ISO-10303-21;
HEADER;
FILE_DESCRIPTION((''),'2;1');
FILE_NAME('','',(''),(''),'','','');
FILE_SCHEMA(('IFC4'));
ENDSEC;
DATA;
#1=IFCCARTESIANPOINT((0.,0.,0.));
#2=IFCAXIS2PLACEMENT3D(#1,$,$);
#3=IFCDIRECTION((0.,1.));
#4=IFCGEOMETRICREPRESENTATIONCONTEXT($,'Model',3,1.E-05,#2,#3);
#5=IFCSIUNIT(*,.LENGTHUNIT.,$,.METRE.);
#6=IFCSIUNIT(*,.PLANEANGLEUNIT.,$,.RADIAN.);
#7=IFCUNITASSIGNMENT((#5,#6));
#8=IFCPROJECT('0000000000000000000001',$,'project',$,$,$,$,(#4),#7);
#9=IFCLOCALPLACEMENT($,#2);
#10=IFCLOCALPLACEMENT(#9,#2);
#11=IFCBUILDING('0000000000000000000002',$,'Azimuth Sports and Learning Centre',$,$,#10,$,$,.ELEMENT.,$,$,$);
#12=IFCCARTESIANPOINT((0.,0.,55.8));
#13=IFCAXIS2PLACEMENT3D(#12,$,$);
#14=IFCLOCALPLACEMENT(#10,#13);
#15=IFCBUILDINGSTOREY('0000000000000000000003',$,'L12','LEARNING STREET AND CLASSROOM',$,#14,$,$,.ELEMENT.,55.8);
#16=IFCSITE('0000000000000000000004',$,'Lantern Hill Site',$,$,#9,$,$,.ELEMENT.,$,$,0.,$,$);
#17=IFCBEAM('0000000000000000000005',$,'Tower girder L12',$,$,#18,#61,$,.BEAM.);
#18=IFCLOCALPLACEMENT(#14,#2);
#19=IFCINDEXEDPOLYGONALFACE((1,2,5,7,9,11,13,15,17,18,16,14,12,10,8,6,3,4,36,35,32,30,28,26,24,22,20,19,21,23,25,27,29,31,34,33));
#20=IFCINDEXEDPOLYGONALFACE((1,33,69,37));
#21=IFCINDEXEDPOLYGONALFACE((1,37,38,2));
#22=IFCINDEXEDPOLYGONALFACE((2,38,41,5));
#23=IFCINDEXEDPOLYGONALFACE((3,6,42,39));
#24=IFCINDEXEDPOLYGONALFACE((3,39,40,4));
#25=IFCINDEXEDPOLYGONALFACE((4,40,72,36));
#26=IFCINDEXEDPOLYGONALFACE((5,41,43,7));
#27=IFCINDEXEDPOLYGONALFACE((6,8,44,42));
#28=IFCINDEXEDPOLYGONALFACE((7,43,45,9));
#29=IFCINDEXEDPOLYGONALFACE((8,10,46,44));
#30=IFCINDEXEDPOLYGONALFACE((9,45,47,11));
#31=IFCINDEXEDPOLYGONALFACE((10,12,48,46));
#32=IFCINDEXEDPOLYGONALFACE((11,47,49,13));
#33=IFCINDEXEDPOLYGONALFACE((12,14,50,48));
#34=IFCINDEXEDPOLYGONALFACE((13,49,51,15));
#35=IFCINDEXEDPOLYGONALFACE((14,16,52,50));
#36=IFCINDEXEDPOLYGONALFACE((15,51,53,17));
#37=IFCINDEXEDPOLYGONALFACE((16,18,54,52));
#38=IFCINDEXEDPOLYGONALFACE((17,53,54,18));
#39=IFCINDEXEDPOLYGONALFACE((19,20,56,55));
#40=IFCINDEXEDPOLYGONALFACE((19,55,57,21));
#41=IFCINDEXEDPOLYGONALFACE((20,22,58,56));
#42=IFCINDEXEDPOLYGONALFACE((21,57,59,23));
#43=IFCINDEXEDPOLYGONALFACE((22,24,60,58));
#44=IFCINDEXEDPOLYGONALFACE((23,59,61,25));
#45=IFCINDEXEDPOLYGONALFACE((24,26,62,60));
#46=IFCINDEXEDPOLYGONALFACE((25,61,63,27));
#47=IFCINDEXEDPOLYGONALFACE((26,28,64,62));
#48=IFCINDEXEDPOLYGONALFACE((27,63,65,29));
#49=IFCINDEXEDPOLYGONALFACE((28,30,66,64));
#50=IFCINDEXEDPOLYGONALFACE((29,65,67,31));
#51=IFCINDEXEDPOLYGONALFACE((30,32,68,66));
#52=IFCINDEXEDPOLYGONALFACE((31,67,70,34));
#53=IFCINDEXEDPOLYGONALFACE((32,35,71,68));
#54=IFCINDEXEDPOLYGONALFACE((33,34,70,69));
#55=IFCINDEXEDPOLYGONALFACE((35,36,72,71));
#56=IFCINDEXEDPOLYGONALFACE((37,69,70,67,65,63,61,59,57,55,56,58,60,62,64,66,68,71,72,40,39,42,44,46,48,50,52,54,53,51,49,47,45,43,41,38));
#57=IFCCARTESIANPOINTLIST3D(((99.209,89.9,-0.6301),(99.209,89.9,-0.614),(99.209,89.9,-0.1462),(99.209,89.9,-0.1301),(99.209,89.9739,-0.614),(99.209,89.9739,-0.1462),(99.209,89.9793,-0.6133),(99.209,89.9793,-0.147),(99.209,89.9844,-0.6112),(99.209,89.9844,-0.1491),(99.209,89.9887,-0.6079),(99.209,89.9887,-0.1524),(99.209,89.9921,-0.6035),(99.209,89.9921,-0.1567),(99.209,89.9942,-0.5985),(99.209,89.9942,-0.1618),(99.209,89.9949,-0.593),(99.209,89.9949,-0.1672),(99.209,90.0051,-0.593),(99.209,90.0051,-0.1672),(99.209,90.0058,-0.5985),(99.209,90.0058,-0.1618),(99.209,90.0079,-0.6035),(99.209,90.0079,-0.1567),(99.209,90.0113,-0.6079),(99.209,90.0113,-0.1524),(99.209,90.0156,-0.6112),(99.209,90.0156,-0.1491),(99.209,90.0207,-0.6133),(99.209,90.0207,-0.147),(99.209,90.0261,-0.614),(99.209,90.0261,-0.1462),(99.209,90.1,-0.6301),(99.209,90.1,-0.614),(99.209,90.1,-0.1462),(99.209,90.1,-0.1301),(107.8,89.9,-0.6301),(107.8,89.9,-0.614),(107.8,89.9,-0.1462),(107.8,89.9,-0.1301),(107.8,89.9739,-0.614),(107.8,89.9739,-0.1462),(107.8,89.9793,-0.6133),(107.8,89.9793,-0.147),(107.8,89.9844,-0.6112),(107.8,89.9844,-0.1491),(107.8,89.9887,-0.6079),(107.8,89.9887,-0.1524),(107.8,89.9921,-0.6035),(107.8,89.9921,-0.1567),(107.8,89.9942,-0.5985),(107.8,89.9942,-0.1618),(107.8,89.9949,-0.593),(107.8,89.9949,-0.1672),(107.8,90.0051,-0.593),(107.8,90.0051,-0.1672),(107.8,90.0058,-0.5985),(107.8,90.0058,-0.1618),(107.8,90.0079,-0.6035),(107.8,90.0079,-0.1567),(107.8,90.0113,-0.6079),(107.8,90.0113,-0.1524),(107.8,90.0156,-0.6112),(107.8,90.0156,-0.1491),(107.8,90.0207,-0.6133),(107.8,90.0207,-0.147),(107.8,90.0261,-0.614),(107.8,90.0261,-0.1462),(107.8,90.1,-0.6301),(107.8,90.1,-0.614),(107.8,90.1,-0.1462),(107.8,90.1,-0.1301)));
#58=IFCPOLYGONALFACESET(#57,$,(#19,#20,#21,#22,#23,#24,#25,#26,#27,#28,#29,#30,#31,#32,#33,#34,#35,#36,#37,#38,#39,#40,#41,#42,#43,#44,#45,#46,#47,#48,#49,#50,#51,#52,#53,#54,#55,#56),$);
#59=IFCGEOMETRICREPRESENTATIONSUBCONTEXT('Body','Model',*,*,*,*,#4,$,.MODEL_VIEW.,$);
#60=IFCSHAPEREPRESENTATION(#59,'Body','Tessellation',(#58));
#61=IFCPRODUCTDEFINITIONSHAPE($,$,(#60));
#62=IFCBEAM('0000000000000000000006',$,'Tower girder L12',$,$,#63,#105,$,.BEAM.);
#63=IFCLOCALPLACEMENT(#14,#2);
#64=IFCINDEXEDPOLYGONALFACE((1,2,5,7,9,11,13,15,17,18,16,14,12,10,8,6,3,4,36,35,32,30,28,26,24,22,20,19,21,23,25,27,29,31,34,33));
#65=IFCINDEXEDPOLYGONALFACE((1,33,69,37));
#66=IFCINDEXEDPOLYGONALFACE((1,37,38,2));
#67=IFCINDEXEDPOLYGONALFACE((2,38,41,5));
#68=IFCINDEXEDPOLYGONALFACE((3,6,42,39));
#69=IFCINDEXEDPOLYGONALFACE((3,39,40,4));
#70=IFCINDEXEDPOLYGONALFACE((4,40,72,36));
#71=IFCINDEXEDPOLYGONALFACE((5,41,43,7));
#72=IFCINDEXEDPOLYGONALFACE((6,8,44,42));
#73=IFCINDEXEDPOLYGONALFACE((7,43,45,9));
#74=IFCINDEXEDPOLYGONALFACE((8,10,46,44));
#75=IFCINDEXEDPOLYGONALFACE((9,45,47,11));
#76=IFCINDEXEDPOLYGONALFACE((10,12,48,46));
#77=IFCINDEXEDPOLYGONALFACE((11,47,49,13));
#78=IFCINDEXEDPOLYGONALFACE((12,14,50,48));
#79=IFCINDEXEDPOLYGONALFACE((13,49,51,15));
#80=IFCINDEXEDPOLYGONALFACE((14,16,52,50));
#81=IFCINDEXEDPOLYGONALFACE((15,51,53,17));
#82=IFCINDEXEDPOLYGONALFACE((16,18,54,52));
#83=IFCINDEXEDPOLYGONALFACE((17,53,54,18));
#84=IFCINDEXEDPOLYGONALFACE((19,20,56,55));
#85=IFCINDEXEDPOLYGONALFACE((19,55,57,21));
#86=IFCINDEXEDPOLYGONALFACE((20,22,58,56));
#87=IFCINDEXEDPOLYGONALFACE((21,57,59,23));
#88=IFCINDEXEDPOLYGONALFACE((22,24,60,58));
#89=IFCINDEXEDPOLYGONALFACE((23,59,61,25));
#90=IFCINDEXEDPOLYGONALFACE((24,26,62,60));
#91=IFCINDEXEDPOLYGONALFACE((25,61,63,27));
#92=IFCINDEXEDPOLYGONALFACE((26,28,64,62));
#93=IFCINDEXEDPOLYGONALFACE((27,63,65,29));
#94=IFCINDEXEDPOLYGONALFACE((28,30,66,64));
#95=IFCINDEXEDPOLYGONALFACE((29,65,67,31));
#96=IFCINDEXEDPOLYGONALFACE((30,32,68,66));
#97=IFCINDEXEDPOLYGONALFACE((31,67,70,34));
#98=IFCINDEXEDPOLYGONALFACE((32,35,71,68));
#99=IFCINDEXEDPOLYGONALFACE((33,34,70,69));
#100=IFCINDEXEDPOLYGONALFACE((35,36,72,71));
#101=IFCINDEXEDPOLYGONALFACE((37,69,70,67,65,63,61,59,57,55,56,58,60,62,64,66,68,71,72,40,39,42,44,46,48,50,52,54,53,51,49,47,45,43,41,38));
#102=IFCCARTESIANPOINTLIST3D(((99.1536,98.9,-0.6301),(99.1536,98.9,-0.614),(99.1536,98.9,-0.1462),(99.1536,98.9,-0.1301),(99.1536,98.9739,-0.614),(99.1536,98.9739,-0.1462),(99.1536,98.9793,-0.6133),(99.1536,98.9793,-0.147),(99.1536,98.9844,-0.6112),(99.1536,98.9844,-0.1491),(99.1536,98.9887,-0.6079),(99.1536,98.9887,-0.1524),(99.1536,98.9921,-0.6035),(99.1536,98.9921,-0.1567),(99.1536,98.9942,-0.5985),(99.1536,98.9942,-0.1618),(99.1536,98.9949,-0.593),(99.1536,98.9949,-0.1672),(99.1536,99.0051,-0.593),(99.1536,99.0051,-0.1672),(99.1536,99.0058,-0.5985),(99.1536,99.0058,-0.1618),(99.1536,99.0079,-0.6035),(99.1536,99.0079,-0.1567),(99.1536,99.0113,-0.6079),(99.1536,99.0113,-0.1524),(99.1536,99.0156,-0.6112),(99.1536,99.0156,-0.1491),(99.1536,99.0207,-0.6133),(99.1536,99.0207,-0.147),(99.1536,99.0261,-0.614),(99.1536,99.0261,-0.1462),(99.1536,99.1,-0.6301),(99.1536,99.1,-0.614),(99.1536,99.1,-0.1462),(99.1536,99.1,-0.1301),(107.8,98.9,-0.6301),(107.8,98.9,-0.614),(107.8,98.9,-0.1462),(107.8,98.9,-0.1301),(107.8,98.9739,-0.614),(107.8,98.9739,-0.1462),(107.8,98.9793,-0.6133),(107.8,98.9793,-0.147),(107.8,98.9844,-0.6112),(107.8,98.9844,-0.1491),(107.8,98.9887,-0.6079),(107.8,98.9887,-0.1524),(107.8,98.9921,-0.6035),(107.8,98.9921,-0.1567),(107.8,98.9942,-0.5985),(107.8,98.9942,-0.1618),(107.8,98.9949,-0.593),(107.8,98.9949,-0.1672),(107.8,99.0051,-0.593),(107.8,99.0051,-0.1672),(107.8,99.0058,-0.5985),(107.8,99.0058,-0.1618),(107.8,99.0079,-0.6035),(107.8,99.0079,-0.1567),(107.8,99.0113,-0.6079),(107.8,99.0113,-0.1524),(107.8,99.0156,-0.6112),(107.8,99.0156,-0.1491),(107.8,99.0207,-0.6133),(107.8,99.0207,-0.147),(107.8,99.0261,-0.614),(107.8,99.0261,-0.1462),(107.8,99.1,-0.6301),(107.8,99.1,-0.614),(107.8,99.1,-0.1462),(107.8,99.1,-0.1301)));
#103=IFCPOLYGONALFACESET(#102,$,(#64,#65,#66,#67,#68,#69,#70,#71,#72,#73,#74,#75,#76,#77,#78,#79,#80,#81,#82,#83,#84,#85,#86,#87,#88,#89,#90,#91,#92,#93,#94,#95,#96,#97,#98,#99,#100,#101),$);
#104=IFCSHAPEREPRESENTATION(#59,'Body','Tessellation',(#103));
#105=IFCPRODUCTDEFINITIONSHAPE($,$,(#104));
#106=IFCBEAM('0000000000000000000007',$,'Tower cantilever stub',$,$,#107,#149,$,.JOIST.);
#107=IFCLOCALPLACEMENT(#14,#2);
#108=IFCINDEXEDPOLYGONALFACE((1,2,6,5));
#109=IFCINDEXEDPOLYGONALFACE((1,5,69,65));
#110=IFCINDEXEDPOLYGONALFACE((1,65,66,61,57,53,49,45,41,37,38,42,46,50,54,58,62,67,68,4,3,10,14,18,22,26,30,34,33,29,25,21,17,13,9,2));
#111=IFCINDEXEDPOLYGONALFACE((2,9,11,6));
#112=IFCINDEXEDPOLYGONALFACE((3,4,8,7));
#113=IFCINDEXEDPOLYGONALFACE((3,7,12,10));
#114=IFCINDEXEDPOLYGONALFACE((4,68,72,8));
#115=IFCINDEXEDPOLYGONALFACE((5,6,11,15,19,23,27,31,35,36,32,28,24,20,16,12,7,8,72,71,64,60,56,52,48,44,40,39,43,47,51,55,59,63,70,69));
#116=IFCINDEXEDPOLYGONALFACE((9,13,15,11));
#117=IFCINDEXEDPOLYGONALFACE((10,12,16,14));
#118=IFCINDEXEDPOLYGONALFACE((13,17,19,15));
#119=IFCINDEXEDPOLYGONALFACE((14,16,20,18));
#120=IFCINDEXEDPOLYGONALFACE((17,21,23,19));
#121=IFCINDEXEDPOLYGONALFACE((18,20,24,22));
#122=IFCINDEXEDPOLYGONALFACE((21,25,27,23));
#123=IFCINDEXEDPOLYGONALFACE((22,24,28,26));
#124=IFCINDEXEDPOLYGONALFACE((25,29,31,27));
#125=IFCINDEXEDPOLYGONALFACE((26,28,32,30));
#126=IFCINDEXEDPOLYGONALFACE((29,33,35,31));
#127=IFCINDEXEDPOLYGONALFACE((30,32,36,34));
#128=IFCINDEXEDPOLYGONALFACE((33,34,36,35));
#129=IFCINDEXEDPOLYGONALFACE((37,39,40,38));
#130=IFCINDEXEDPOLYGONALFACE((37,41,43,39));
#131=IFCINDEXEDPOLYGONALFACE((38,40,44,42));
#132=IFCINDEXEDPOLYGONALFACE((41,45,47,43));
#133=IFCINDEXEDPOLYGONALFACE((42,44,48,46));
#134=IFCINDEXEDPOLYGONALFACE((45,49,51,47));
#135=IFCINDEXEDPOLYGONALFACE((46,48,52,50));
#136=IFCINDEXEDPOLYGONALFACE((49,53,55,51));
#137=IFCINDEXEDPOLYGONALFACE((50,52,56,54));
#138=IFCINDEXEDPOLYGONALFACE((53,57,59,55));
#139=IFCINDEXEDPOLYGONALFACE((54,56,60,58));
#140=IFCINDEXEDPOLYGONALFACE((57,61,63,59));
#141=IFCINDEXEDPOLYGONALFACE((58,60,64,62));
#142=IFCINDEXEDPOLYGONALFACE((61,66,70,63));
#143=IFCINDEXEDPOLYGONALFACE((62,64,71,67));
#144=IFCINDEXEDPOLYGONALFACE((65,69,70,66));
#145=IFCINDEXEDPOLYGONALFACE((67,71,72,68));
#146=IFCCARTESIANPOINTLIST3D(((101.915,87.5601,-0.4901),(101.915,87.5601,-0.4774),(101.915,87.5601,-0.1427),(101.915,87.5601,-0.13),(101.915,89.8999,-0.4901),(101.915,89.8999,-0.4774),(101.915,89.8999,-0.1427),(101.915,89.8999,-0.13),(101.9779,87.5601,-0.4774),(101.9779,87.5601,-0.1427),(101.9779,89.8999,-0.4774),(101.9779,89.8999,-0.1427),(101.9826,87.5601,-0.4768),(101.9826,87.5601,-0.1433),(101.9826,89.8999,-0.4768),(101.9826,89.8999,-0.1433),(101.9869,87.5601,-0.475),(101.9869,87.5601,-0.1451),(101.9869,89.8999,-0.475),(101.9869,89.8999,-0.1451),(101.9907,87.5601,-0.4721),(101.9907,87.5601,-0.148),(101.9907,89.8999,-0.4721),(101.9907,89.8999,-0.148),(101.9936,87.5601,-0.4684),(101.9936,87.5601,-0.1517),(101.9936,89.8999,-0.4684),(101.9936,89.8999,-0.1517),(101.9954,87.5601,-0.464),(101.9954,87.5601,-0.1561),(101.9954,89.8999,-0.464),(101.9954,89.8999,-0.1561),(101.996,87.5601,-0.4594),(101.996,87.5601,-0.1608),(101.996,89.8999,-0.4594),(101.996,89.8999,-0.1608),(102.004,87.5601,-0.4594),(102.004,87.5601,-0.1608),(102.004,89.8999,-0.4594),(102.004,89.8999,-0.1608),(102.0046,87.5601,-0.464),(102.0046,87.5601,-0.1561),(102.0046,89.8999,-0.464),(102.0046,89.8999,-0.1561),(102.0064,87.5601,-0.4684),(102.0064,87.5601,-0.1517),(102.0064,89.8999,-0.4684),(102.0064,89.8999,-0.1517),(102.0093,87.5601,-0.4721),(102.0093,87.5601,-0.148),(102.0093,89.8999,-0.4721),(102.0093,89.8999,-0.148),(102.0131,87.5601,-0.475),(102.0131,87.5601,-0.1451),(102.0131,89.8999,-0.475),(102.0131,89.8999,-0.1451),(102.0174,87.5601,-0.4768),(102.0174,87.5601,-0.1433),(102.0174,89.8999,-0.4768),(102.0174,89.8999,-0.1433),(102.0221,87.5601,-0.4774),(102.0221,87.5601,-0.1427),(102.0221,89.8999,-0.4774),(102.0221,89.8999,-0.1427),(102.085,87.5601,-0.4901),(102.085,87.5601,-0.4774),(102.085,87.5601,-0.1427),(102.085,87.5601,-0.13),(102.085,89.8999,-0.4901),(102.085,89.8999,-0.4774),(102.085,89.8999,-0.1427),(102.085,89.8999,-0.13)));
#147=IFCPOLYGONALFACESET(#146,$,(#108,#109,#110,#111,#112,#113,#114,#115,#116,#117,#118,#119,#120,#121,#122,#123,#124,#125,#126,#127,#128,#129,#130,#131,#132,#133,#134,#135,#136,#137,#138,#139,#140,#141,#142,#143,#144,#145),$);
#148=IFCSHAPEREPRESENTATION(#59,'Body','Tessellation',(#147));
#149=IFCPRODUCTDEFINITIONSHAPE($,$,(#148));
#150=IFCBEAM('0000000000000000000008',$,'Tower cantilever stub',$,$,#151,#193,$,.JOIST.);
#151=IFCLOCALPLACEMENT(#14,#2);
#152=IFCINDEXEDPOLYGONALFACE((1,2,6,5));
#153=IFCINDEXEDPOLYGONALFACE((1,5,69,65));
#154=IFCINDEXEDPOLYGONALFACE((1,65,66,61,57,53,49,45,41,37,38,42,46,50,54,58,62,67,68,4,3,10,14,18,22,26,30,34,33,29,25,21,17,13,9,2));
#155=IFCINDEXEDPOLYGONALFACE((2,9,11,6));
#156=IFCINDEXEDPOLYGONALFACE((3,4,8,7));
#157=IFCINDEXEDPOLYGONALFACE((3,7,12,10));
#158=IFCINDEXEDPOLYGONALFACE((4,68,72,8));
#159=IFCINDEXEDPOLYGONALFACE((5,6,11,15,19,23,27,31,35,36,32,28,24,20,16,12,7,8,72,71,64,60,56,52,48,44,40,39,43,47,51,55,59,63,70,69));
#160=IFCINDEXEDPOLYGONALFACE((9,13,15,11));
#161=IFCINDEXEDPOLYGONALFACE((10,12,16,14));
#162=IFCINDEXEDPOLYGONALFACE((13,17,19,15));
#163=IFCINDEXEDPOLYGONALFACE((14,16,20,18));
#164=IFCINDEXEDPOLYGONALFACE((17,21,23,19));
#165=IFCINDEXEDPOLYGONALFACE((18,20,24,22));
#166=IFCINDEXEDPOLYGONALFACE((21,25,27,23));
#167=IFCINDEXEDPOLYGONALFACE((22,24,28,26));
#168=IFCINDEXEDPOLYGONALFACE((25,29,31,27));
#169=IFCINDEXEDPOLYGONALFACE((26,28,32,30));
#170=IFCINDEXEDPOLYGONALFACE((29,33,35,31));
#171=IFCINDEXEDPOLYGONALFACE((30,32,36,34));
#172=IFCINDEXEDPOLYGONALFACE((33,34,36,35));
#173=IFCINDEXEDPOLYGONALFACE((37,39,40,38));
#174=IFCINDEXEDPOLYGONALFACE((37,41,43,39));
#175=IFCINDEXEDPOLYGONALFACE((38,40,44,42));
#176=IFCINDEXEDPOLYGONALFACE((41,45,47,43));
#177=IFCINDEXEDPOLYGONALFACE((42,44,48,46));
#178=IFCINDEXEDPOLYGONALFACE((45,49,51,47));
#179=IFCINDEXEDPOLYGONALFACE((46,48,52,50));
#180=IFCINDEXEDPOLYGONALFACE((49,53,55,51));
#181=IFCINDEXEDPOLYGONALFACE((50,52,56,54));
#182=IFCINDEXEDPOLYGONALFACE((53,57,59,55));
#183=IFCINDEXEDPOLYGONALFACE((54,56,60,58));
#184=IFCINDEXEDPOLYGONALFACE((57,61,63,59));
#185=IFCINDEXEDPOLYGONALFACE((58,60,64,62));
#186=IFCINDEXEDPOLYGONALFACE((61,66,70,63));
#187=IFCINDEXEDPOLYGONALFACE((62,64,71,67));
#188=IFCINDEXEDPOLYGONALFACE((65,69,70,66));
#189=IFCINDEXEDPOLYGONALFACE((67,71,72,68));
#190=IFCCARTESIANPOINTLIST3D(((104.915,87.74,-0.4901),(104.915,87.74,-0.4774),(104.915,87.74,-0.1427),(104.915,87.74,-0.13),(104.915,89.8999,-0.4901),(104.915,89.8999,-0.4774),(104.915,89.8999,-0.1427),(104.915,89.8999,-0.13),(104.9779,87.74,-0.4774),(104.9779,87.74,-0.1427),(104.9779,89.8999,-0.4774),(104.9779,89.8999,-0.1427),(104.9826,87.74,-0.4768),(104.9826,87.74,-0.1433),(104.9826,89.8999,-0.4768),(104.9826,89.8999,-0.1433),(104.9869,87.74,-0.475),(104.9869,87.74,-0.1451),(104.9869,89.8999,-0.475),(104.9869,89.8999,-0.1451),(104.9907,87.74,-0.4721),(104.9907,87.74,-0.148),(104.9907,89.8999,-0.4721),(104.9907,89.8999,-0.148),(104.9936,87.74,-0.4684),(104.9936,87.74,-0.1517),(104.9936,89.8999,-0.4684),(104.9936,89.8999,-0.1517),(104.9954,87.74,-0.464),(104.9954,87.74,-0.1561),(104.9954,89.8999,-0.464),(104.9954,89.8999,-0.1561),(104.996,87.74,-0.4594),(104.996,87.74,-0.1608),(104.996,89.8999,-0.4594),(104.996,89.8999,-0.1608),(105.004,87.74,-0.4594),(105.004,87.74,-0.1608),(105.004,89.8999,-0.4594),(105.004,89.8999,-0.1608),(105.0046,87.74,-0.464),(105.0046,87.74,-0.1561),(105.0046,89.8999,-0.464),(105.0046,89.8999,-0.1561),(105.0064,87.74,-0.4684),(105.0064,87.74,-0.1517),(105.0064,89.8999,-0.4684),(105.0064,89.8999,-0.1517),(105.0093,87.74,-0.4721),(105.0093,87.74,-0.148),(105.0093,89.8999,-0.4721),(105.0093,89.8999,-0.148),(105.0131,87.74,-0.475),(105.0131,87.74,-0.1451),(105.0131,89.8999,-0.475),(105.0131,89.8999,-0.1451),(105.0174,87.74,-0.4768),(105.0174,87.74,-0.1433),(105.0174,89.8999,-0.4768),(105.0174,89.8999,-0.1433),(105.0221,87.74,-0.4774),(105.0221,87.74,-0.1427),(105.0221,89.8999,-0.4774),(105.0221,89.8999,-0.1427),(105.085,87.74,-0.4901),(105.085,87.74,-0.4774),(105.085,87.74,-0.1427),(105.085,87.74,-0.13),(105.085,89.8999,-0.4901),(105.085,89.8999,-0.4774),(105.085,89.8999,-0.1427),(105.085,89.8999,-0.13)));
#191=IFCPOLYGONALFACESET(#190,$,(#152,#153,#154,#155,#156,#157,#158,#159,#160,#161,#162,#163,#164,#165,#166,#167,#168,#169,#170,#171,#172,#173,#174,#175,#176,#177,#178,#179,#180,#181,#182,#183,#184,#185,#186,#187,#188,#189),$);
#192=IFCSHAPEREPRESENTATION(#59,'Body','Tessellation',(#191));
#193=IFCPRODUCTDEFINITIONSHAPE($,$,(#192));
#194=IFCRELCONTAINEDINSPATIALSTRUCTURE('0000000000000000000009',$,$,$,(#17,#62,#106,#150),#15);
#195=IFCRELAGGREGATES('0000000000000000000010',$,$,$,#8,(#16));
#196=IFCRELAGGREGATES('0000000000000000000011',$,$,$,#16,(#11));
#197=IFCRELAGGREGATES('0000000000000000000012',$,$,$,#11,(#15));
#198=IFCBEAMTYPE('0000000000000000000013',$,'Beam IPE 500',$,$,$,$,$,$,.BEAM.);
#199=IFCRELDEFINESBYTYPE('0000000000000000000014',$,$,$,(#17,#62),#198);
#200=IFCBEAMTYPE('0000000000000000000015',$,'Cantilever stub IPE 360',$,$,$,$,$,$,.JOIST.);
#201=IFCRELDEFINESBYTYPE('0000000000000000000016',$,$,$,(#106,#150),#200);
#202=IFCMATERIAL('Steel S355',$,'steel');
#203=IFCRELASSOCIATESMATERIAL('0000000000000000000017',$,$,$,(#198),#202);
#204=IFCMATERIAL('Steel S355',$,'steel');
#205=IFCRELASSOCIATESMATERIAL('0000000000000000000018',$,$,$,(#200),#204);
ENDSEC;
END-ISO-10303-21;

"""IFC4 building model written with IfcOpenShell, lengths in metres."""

from ifc_helpers import new_model, si_unit, direction, frame, origin, origin_2d, place, context, subcontext, project, spatial, i_section, extrude, material, material_profile, profile_set, type_object, element, save


model = new_model("IFC4")

# Units and contexts
model_context = context("Model", 3, precision=1e-05, world=origin(), true_north=direction((0.0, 1.0)))
body_context = subcontext(model_context, "Body", "Model", "MODEL_VIEW")
ifc_project = project(units=[si_unit("LENGTHUNIT", "METRE"), si_unit("PLANEANGLEUNIT", "RADIAN")], contexts=[model_context])

# Site, building, storey
site_placement = place(None, origin())
site = spatial("IfcSite", under=ifc_project, at=site_placement, Name="Lantern Hill Site", CompositionType="ELEMENT", RefElevation=0.0)
building_placement = place(site_placement, origin())
building = spatial("IfcBuilding", under=site, at=building_placement, Name="Azimuth Sports and Learning Centre", CompositionType="ELEMENT")
storey_placement = place(building_placement, frame((0.0, 0.0, 55.8)))
storey = spatial("IfcBuildingStorey", under=building, at=storey_placement, Name="L12", Description="LEARNING STREET AND CLASSROOM", CompositionType="ELEMENT", Elevation=55.8)

# Beams
ifc_material_1 = material(Name="Steel S355", Category="steel")
ifc_material_profile_1 = material_profile(ifc_material_1, i_section(OverallWidth=0.2, OverallDepth=0.5, WebThickness=0.0103, FlangeThickness=0.0161, FilletRadius=0.021, at=origin_2d()), Name="IPE 500")
ifc_profile_set_1 = profile_set([ifc_material_profile_1], Name="Steel S355")
beam_type_1 = type_object("IfcBeamType", Name="Beam IPE 500", PredefinedType="BEAM", material=ifc_profile_set_1)
beam_1_placement = place(storey_placement, frame((99.209, 90.0, -0.3801), z_axis=(1.0, 0.0, 0.0), x_axis=(0.0, 1.0, 0.0)))
element("IfcBeam", 1, at=beam_1_placement, inside=storey, type_object=beam_type_1, Name="Tower girder L12", PredefinedType="BEAM", context=body_context, shape_type="SweptSolid", body=[
    extrude(i_section(OverallWidth=0.2, OverallDepth=0.5, WebThickness=0.0103, FlangeThickness=0.0161, FilletRadius=0.021, at=origin_2d()), origin(), (0.0, 0.0, 1.0), 8.5911),
])
beam_2_placement = place(storey_placement, frame((99.1536, 99.0, -0.3801), z_axis=(1.0, 0.0, 0.0), x_axis=(0.0, 1.0, 0.0)))
element("IfcBeam", 2, at=beam_2_placement, inside=storey, type_object=beam_type_1, Name="Tower girder L12", PredefinedType="BEAM", context=body_context, shape_type="SweptSolid", body=[
    extrude(i_section(OverallWidth=0.2, OverallDepth=0.5, WebThickness=0.0103, FlangeThickness=0.0161, FilletRadius=0.021, at=origin_2d()), origin(), (0.0, 0.0, 1.0), 8.6465),
])
ifc_material_2 = material(Name="Steel S355", Category="steel")
ifc_material_profile_2 = material_profile(ifc_material_2, i_section(OverallWidth=0.1699, OverallDepth=0.3601, WebThickness=0.0081, FlangeThickness=0.0127, FilletRadius=0.0181, at=origin_2d()), Name="IPE 360")
ifc_profile_set_2 = profile_set([ifc_material_profile_2], Name="Steel S355")
beam_type_2 = type_object("IfcBeamType", Name="Cantilever stub IPE 360", PredefinedType="JOIST", material=ifc_profile_set_2)
beam_3_placement = place(storey_placement, frame((102.0, 89.8999, -0.3101), z_axis=(0.0, -1.0, 0.0), x_axis=(1.0, 0.0, 0.0)))
element("IfcBeam", 3, at=beam_3_placement, inside=storey, type_object=beam_type_2, Name="Tower cantilever stub", PredefinedType="JOIST", context=body_context, shape_type="SweptSolid", body=[
    extrude(i_section(OverallWidth=0.1699, OverallDepth=0.3601, WebThickness=0.0081, FlangeThickness=0.0127, FilletRadius=0.0181, at=origin_2d()), origin(), (0.0, 0.0, 1.0), 2.3398),
])
beam_4_placement = place(storey_placement, frame((105.0, 89.8999, -0.3101), z_axis=(0.0, -1.0, 0.0), x_axis=(1.0, 0.0, 0.0)))
element("IfcBeam", 4, at=beam_4_placement, inside=storey, type_object=beam_type_2, Name="Tower cantilever stub", PredefinedType="JOIST", context=body_context, shape_type="SweptSolid", body=[
    extrude(i_section(OverallWidth=0.1699, OverallDepth=0.3601, WebThickness=0.0081, FlangeThickness=0.0127, FilletRadius=0.0181, at=origin_2d()), origin(), (0.0, 0.0, 1.0), 2.1599),
])

save(model, "model.ifc")
